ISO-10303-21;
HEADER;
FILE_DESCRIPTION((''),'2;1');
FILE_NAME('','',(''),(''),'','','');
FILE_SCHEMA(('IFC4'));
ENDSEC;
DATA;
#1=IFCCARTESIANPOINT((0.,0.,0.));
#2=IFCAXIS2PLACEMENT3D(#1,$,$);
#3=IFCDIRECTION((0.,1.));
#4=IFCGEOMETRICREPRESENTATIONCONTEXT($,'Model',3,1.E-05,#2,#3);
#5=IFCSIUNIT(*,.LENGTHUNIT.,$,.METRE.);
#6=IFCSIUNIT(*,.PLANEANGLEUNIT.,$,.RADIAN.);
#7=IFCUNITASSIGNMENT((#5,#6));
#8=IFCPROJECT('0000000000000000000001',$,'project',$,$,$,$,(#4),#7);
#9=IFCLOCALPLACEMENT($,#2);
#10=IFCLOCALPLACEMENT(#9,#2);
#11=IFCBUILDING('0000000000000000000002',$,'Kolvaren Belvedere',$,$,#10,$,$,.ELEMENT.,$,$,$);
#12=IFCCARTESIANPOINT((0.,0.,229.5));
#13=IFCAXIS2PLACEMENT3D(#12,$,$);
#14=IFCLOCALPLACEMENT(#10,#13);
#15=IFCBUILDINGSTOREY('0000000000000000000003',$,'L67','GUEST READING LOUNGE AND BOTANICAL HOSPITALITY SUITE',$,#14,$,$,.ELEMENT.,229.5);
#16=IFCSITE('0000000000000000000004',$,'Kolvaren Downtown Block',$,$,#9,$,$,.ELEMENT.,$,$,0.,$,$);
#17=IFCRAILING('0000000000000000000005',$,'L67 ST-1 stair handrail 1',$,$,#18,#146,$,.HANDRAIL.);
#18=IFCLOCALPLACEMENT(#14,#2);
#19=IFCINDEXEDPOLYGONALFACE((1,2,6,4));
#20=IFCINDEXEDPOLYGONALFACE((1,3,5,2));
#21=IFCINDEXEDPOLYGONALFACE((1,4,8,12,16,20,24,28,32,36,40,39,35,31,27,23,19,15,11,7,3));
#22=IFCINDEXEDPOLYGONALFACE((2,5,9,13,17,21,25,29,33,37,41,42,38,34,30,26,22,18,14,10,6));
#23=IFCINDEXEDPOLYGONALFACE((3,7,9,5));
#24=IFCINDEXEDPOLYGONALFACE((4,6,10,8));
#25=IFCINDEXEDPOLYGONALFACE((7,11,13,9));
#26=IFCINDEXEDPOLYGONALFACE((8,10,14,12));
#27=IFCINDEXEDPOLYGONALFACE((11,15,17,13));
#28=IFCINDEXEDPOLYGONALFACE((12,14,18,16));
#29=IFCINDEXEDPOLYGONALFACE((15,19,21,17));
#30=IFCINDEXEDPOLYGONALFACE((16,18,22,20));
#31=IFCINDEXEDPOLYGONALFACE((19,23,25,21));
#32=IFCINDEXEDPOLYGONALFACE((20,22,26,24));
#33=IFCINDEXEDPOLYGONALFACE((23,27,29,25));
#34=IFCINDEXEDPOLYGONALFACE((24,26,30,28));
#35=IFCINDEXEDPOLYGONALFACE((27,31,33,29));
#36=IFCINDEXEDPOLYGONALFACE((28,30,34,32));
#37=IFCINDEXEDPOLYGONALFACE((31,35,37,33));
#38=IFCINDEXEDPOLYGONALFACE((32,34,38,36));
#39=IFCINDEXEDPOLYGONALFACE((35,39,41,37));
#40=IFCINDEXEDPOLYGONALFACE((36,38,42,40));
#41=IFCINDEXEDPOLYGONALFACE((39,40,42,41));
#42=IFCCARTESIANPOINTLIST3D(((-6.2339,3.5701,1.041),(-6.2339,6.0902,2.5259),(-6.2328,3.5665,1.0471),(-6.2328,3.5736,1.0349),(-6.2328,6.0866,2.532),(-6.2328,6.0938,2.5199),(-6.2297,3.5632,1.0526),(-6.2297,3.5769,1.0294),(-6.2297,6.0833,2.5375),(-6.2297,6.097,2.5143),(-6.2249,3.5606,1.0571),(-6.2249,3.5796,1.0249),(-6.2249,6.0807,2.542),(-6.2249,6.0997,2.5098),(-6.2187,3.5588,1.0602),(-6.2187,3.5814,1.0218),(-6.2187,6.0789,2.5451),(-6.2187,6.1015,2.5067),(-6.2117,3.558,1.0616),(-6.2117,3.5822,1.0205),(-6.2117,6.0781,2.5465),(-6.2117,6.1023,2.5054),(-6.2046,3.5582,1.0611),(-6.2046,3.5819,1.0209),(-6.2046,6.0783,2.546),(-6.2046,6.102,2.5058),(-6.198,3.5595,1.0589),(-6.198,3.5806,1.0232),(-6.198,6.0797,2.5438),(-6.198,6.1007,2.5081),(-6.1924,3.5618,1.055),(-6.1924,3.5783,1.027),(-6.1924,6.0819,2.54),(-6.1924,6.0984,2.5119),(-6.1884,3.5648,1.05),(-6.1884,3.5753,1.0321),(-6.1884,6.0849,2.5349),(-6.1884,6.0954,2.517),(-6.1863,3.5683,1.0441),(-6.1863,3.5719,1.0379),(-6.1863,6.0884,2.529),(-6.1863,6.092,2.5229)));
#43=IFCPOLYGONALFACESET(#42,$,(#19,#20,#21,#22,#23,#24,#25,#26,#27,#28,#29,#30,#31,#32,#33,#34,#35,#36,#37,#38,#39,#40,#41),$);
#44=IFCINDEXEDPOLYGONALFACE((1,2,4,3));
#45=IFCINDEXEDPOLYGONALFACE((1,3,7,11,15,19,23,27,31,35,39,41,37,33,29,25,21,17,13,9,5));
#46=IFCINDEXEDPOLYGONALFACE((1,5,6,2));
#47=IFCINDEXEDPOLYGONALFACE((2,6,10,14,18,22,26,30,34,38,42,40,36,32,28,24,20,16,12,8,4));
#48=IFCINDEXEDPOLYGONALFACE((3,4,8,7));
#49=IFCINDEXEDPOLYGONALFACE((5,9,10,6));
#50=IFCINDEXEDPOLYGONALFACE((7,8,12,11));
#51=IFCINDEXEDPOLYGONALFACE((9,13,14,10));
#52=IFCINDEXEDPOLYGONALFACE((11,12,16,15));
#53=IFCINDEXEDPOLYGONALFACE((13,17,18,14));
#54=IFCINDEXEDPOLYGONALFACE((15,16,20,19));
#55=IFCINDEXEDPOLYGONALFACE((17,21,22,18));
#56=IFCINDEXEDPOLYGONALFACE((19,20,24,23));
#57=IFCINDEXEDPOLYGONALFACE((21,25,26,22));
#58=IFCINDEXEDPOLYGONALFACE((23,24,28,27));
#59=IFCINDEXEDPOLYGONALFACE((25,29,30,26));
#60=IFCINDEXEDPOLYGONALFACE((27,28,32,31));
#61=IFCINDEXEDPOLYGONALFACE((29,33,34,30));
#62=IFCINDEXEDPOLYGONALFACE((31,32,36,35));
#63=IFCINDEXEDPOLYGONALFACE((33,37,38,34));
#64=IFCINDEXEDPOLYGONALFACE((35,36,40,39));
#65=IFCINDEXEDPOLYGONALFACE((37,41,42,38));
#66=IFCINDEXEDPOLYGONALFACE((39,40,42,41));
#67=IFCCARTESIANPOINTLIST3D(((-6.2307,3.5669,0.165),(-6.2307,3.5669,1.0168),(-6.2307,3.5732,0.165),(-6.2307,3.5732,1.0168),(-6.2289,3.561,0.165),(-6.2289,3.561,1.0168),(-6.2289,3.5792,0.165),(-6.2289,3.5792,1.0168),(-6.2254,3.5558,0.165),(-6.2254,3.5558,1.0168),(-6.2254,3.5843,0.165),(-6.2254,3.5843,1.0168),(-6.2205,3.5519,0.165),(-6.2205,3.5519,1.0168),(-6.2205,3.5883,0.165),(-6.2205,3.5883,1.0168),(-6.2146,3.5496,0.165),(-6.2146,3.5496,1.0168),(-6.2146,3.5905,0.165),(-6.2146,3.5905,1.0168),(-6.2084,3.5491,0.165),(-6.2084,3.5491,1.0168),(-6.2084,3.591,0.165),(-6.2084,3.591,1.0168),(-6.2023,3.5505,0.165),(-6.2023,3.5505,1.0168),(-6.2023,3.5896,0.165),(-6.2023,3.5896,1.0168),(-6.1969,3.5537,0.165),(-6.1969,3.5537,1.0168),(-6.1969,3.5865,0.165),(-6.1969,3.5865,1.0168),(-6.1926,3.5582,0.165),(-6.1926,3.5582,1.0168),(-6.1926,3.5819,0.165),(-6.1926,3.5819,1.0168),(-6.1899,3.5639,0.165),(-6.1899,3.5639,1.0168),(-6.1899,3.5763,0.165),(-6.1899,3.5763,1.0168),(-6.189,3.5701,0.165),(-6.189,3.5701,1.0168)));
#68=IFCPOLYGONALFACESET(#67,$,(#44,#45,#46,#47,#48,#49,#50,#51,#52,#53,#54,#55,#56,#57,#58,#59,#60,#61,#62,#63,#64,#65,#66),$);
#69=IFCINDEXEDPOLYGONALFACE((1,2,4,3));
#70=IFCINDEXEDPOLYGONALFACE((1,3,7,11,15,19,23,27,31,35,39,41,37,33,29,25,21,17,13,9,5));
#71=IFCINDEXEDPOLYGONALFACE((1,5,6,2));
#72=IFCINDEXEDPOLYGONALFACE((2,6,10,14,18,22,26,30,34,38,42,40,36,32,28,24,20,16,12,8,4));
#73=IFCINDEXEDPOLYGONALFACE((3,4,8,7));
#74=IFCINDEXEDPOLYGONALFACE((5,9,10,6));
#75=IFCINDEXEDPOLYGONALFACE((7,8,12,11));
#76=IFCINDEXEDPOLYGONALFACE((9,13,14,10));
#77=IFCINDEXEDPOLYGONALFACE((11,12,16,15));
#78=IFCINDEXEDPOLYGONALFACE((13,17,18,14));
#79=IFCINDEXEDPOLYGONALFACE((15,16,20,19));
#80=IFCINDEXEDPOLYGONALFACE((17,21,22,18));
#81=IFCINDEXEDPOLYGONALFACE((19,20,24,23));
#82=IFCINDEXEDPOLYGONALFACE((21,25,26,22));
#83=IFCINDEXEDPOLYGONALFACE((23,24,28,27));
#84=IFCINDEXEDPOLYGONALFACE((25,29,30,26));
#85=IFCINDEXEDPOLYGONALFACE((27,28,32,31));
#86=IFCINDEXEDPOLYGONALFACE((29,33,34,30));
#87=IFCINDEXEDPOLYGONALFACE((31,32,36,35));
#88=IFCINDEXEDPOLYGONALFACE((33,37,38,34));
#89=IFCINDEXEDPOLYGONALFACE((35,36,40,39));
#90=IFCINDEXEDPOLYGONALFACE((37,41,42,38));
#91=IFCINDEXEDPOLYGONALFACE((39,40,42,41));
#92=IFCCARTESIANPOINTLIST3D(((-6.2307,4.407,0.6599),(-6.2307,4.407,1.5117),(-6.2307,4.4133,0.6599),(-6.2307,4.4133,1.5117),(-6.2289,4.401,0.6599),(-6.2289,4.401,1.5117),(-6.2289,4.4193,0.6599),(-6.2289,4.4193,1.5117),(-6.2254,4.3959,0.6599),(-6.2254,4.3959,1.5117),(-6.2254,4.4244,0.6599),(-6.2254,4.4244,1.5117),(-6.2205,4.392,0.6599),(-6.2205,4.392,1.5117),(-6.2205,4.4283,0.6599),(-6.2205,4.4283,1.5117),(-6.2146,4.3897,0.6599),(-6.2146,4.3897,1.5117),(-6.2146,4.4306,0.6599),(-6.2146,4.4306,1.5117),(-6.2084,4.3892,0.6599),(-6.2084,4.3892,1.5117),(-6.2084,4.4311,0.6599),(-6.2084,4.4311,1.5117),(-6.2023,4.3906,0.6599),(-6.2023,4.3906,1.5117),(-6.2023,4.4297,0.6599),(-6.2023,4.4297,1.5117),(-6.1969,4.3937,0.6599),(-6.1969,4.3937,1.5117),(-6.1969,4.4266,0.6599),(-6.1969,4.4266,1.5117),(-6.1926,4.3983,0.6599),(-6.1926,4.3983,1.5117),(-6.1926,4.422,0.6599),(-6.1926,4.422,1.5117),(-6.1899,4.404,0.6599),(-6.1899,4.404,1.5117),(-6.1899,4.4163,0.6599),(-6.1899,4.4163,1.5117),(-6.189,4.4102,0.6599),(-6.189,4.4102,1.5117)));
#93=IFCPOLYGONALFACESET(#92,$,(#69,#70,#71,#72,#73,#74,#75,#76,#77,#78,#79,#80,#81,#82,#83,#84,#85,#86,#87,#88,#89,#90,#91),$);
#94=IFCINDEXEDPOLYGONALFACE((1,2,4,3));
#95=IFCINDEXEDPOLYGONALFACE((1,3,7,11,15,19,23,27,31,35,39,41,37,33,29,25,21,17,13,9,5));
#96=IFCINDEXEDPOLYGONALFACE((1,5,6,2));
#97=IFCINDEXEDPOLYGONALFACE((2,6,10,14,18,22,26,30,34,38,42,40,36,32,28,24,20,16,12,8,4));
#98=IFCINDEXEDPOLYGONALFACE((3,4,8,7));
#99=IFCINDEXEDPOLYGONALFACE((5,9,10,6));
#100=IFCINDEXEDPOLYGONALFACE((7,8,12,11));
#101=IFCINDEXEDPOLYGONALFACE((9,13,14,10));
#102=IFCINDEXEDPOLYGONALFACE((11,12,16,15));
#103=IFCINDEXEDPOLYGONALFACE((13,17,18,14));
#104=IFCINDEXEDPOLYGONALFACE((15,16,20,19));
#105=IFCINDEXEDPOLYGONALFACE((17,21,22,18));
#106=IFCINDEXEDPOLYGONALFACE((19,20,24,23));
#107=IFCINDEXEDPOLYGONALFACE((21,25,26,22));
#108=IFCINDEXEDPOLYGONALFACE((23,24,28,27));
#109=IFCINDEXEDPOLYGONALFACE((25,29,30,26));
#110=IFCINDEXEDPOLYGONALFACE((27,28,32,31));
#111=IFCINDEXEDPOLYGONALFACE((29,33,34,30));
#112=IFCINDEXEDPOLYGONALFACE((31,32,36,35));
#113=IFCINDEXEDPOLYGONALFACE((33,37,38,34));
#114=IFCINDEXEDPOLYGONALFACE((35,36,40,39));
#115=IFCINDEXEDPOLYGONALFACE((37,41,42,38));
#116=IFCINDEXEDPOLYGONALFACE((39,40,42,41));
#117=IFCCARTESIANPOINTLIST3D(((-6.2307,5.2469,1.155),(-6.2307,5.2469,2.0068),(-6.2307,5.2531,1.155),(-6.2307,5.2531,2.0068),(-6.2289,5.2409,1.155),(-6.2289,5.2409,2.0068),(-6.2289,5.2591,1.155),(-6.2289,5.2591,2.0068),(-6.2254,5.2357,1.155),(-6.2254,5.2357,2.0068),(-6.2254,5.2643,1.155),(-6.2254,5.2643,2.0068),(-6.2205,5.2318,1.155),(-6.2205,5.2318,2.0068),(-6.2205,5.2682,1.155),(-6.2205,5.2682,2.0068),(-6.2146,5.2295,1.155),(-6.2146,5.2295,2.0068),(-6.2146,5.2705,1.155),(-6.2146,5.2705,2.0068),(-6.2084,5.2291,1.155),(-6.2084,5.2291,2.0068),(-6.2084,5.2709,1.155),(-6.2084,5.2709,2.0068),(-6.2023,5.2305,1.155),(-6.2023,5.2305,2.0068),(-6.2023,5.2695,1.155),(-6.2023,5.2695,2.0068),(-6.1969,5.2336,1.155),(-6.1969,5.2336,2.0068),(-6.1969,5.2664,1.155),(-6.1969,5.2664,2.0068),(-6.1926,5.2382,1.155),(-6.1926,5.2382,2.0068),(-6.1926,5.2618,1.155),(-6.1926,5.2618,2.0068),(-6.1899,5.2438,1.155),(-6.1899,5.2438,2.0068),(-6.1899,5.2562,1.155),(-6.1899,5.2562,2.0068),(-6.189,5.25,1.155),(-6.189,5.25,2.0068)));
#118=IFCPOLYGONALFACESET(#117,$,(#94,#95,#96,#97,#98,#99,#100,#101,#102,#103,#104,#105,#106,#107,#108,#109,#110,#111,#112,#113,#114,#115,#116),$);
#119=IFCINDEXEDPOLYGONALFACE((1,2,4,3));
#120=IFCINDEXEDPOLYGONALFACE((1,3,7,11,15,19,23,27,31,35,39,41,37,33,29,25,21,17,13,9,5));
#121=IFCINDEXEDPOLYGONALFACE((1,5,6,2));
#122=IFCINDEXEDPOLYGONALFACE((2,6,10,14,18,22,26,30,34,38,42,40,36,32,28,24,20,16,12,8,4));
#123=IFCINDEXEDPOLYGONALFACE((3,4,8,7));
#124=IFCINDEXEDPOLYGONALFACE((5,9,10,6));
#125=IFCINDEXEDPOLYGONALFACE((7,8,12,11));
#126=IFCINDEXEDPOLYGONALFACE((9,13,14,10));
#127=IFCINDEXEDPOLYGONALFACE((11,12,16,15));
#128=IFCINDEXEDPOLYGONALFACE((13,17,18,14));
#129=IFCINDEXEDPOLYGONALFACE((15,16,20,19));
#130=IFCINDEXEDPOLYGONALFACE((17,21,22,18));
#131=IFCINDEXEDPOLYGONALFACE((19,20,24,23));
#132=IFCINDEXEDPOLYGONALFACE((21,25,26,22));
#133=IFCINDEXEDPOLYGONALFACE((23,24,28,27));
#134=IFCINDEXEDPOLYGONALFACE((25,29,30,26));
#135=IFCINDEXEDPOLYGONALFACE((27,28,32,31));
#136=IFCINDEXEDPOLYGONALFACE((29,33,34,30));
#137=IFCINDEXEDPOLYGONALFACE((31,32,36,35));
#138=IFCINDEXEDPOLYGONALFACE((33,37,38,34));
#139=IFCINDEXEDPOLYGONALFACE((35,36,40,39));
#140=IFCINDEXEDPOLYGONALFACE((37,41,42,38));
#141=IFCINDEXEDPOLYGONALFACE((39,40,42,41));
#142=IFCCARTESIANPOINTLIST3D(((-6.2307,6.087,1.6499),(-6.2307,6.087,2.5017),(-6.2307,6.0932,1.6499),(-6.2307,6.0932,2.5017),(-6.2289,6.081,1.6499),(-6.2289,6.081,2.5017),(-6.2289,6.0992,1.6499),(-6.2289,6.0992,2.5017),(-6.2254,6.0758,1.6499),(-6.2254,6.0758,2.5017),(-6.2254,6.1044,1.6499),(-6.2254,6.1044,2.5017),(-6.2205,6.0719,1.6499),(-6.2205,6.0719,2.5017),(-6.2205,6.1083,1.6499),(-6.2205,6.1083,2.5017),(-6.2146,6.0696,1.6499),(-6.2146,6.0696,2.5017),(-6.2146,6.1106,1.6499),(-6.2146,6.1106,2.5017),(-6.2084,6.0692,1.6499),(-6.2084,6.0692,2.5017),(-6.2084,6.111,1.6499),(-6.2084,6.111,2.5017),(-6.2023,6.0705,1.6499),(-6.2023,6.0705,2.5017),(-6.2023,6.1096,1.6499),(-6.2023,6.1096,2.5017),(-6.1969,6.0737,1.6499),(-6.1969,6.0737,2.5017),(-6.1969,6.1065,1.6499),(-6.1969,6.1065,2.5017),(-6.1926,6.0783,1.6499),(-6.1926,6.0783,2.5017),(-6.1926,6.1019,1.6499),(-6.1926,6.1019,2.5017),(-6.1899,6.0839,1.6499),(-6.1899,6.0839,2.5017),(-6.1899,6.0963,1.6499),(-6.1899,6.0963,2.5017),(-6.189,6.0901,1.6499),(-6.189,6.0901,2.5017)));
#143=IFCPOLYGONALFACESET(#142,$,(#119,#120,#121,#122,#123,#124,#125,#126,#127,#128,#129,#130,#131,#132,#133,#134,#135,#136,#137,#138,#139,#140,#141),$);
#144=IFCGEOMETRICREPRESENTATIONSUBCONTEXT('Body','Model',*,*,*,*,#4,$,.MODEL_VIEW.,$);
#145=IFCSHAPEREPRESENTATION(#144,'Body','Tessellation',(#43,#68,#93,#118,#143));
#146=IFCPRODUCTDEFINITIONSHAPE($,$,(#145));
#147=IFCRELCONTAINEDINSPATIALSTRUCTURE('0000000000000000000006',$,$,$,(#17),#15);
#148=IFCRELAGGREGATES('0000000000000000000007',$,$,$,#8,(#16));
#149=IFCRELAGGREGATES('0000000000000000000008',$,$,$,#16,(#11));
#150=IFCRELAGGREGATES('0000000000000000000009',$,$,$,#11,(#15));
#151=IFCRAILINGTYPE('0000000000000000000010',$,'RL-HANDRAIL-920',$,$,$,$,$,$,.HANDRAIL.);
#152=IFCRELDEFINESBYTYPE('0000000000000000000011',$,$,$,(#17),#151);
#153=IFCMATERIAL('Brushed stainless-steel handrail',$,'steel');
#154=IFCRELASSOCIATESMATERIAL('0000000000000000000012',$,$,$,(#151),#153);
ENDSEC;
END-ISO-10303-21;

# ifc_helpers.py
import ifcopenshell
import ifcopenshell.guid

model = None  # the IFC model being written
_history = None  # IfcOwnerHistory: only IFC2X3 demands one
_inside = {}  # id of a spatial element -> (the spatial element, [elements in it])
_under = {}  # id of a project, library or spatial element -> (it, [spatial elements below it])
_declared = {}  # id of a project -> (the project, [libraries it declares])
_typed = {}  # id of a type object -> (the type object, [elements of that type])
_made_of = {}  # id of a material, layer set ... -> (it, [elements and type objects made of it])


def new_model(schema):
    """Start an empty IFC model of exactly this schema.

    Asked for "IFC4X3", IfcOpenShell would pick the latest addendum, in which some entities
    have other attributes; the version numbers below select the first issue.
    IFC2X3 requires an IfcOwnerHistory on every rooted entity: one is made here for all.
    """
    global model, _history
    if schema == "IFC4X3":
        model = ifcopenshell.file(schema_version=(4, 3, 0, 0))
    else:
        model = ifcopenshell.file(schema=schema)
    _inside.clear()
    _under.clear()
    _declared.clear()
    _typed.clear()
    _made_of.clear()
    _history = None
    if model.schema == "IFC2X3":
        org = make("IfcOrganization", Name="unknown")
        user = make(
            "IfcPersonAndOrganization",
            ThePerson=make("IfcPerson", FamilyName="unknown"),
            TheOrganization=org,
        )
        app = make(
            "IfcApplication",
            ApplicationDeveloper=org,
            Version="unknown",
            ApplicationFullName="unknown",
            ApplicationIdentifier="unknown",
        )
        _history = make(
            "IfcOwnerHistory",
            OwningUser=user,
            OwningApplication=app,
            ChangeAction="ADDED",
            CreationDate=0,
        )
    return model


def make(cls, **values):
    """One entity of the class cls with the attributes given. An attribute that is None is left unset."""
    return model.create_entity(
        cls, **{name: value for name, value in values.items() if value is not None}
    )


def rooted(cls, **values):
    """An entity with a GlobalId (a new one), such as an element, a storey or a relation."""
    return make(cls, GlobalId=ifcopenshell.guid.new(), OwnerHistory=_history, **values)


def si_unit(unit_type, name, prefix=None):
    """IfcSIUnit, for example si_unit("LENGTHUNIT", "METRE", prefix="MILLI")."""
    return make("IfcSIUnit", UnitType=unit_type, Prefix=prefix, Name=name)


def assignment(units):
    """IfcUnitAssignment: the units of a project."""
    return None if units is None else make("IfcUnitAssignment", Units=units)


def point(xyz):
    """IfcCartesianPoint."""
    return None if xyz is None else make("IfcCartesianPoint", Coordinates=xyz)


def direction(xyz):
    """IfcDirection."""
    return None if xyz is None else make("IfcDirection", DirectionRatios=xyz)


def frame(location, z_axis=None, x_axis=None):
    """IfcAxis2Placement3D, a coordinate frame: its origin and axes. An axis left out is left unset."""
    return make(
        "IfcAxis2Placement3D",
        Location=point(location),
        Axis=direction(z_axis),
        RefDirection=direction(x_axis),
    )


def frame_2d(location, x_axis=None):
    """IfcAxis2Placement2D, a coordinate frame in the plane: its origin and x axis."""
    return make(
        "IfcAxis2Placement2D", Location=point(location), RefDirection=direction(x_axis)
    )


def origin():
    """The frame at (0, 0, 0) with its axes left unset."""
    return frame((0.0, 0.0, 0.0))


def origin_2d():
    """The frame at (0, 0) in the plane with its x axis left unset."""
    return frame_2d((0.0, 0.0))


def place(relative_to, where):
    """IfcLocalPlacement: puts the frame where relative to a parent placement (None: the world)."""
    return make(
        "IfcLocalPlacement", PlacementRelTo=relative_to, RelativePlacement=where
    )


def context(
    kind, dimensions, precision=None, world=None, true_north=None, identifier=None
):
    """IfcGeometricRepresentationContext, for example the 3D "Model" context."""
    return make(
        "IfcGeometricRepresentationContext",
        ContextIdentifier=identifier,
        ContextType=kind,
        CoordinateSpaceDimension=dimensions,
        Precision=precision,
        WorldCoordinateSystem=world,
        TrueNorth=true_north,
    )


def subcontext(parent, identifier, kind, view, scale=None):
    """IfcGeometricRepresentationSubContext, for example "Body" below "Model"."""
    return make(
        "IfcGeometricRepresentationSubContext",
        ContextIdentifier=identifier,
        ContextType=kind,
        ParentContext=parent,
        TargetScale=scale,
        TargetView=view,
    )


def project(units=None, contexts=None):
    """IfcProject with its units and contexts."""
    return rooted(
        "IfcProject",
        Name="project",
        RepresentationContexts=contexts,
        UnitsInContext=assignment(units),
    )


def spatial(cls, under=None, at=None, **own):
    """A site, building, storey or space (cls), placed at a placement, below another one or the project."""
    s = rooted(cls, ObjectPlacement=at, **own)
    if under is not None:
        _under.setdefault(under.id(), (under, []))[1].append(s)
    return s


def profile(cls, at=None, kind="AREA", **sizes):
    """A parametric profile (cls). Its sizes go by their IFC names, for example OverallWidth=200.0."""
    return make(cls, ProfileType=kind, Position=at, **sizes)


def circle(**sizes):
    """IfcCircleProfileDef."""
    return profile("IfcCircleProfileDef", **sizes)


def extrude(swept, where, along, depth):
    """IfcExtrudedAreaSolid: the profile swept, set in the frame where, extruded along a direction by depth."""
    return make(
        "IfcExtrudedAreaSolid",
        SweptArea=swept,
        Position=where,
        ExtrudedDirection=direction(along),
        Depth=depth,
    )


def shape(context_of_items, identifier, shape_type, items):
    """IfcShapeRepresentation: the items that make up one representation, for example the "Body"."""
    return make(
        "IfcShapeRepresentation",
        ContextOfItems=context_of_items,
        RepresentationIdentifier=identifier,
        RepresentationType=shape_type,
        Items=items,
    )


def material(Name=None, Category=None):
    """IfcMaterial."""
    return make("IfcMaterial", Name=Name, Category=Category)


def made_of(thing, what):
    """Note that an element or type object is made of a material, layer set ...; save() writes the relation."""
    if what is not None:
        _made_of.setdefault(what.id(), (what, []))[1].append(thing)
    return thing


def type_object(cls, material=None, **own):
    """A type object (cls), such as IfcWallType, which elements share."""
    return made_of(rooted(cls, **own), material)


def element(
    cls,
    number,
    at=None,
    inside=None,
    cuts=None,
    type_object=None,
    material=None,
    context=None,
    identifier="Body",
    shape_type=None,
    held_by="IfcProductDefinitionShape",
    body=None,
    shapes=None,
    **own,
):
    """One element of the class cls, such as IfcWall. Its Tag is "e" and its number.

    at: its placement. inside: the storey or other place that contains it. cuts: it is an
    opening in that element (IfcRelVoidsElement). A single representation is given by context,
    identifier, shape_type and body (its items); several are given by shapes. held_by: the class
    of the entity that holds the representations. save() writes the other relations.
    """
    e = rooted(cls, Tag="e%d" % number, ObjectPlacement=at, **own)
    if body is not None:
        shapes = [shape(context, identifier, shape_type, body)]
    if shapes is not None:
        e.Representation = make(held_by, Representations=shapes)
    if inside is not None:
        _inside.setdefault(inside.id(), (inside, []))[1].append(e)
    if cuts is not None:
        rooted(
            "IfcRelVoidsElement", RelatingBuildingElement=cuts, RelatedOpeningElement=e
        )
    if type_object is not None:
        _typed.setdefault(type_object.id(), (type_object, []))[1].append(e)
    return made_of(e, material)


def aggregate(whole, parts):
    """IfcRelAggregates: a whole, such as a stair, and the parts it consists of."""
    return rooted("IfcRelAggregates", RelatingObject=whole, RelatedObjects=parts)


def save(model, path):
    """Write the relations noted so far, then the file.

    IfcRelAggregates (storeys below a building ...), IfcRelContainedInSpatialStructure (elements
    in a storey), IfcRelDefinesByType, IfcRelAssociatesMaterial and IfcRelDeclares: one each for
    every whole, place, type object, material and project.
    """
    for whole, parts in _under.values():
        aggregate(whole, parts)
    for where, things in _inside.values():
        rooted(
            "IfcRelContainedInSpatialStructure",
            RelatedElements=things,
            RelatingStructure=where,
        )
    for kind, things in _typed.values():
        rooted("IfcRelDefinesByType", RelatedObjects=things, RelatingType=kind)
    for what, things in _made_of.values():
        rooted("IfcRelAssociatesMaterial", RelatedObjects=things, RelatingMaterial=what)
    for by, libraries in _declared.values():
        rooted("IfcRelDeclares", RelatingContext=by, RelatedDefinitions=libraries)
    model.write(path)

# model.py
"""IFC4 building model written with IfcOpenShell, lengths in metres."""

from ifc_helpers import new_model, si_unit, direction, frame, origin, origin_2d, place, context, subcontext, project, spatial, circle, extrude, material, type_object, element, save


model = new_model("IFC4")

# Units and contexts
model_context = context("Model", 3, precision=1e-05, world=origin(), true_north=direction((0.0, 1.0)))
body_context = subcontext(model_context, "Body", "Model", "MODEL_VIEW")
ifc_project = project(units=[si_unit("LENGTHUNIT", "METRE"), si_unit("PLANEANGLEUNIT", "RADIAN")], contexts=[model_context])

# Site, building, storey
site_placement = place(None, origin())
site = spatial("IfcSite", under=ifc_project, at=site_placement, Name="Kolvaren Downtown Block", CompositionType="ELEMENT", RefElevation=0.0)
building_placement = place(site_placement, origin())
building = spatial("IfcBuilding", under=site, at=building_placement, Name="Kolvaren Belvedere", CompositionType="ELEMENT")
storey_placement = place(building_placement, frame((0.0, 0.0, 229.5)))
storey = spatial("IfcBuildingStorey", under=building, at=storey_placement, Name="L67", Description="GUEST READING LOUNGE AND BOTANICAL HOSPITALITY SUITE", CompositionType="ELEMENT", Elevation=229.5)

# Railing
ifc_material_1 = material(Name="Brushed stainless-steel handrail", Category="steel")
railing_type_1 = type_object("IfcRailingType", Name="RL-HANDRAIL-920", PredefinedType="HANDRAIL", material=ifc_material_1)
railing_1_placement = place(storey_placement, frame((-6.21, 3.5701, 0.165)))
element("IfcRailing", 1, at=railing_1_placement, inside=storey, type_object=railing_type_1, Name="L67 ST-1 stair handrail 1", PredefinedType="HANDRAIL", context=body_context, shape_type="SweptSolid", body=[
    extrude(circle(Radius=0.0239, at=origin_2d()), frame((0.0, 0.0, 0.876), z_axis=(0.0, 0.861561, 0.507655), x_axis=(-1.0, 0.0, 0.0)), (0.0, 0.0, 1.0), 2.925),
    extrude(circle(Radius=0.021, at=origin_2d()), origin(), (0.0, 0.0, 1.0), 0.8518),
    extrude(circle(Radius=0.021, at=origin_2d()), frame((0.0, 0.8401, 0.4949)), (0.0, 0.0, 1.0), 0.8518),
    extrude(circle(Radius=0.021, at=origin_2d()), frame((0.0, 1.6799, 0.99)), (0.0, 0.0, 1.0), 0.8518),
    extrude(circle(Radius=0.021, at=origin_2d()), frame((0.0, 2.52, 1.4849)), (0.0, 0.0, 1.0), 0.8518),
])

save(model, "model.ifc")
